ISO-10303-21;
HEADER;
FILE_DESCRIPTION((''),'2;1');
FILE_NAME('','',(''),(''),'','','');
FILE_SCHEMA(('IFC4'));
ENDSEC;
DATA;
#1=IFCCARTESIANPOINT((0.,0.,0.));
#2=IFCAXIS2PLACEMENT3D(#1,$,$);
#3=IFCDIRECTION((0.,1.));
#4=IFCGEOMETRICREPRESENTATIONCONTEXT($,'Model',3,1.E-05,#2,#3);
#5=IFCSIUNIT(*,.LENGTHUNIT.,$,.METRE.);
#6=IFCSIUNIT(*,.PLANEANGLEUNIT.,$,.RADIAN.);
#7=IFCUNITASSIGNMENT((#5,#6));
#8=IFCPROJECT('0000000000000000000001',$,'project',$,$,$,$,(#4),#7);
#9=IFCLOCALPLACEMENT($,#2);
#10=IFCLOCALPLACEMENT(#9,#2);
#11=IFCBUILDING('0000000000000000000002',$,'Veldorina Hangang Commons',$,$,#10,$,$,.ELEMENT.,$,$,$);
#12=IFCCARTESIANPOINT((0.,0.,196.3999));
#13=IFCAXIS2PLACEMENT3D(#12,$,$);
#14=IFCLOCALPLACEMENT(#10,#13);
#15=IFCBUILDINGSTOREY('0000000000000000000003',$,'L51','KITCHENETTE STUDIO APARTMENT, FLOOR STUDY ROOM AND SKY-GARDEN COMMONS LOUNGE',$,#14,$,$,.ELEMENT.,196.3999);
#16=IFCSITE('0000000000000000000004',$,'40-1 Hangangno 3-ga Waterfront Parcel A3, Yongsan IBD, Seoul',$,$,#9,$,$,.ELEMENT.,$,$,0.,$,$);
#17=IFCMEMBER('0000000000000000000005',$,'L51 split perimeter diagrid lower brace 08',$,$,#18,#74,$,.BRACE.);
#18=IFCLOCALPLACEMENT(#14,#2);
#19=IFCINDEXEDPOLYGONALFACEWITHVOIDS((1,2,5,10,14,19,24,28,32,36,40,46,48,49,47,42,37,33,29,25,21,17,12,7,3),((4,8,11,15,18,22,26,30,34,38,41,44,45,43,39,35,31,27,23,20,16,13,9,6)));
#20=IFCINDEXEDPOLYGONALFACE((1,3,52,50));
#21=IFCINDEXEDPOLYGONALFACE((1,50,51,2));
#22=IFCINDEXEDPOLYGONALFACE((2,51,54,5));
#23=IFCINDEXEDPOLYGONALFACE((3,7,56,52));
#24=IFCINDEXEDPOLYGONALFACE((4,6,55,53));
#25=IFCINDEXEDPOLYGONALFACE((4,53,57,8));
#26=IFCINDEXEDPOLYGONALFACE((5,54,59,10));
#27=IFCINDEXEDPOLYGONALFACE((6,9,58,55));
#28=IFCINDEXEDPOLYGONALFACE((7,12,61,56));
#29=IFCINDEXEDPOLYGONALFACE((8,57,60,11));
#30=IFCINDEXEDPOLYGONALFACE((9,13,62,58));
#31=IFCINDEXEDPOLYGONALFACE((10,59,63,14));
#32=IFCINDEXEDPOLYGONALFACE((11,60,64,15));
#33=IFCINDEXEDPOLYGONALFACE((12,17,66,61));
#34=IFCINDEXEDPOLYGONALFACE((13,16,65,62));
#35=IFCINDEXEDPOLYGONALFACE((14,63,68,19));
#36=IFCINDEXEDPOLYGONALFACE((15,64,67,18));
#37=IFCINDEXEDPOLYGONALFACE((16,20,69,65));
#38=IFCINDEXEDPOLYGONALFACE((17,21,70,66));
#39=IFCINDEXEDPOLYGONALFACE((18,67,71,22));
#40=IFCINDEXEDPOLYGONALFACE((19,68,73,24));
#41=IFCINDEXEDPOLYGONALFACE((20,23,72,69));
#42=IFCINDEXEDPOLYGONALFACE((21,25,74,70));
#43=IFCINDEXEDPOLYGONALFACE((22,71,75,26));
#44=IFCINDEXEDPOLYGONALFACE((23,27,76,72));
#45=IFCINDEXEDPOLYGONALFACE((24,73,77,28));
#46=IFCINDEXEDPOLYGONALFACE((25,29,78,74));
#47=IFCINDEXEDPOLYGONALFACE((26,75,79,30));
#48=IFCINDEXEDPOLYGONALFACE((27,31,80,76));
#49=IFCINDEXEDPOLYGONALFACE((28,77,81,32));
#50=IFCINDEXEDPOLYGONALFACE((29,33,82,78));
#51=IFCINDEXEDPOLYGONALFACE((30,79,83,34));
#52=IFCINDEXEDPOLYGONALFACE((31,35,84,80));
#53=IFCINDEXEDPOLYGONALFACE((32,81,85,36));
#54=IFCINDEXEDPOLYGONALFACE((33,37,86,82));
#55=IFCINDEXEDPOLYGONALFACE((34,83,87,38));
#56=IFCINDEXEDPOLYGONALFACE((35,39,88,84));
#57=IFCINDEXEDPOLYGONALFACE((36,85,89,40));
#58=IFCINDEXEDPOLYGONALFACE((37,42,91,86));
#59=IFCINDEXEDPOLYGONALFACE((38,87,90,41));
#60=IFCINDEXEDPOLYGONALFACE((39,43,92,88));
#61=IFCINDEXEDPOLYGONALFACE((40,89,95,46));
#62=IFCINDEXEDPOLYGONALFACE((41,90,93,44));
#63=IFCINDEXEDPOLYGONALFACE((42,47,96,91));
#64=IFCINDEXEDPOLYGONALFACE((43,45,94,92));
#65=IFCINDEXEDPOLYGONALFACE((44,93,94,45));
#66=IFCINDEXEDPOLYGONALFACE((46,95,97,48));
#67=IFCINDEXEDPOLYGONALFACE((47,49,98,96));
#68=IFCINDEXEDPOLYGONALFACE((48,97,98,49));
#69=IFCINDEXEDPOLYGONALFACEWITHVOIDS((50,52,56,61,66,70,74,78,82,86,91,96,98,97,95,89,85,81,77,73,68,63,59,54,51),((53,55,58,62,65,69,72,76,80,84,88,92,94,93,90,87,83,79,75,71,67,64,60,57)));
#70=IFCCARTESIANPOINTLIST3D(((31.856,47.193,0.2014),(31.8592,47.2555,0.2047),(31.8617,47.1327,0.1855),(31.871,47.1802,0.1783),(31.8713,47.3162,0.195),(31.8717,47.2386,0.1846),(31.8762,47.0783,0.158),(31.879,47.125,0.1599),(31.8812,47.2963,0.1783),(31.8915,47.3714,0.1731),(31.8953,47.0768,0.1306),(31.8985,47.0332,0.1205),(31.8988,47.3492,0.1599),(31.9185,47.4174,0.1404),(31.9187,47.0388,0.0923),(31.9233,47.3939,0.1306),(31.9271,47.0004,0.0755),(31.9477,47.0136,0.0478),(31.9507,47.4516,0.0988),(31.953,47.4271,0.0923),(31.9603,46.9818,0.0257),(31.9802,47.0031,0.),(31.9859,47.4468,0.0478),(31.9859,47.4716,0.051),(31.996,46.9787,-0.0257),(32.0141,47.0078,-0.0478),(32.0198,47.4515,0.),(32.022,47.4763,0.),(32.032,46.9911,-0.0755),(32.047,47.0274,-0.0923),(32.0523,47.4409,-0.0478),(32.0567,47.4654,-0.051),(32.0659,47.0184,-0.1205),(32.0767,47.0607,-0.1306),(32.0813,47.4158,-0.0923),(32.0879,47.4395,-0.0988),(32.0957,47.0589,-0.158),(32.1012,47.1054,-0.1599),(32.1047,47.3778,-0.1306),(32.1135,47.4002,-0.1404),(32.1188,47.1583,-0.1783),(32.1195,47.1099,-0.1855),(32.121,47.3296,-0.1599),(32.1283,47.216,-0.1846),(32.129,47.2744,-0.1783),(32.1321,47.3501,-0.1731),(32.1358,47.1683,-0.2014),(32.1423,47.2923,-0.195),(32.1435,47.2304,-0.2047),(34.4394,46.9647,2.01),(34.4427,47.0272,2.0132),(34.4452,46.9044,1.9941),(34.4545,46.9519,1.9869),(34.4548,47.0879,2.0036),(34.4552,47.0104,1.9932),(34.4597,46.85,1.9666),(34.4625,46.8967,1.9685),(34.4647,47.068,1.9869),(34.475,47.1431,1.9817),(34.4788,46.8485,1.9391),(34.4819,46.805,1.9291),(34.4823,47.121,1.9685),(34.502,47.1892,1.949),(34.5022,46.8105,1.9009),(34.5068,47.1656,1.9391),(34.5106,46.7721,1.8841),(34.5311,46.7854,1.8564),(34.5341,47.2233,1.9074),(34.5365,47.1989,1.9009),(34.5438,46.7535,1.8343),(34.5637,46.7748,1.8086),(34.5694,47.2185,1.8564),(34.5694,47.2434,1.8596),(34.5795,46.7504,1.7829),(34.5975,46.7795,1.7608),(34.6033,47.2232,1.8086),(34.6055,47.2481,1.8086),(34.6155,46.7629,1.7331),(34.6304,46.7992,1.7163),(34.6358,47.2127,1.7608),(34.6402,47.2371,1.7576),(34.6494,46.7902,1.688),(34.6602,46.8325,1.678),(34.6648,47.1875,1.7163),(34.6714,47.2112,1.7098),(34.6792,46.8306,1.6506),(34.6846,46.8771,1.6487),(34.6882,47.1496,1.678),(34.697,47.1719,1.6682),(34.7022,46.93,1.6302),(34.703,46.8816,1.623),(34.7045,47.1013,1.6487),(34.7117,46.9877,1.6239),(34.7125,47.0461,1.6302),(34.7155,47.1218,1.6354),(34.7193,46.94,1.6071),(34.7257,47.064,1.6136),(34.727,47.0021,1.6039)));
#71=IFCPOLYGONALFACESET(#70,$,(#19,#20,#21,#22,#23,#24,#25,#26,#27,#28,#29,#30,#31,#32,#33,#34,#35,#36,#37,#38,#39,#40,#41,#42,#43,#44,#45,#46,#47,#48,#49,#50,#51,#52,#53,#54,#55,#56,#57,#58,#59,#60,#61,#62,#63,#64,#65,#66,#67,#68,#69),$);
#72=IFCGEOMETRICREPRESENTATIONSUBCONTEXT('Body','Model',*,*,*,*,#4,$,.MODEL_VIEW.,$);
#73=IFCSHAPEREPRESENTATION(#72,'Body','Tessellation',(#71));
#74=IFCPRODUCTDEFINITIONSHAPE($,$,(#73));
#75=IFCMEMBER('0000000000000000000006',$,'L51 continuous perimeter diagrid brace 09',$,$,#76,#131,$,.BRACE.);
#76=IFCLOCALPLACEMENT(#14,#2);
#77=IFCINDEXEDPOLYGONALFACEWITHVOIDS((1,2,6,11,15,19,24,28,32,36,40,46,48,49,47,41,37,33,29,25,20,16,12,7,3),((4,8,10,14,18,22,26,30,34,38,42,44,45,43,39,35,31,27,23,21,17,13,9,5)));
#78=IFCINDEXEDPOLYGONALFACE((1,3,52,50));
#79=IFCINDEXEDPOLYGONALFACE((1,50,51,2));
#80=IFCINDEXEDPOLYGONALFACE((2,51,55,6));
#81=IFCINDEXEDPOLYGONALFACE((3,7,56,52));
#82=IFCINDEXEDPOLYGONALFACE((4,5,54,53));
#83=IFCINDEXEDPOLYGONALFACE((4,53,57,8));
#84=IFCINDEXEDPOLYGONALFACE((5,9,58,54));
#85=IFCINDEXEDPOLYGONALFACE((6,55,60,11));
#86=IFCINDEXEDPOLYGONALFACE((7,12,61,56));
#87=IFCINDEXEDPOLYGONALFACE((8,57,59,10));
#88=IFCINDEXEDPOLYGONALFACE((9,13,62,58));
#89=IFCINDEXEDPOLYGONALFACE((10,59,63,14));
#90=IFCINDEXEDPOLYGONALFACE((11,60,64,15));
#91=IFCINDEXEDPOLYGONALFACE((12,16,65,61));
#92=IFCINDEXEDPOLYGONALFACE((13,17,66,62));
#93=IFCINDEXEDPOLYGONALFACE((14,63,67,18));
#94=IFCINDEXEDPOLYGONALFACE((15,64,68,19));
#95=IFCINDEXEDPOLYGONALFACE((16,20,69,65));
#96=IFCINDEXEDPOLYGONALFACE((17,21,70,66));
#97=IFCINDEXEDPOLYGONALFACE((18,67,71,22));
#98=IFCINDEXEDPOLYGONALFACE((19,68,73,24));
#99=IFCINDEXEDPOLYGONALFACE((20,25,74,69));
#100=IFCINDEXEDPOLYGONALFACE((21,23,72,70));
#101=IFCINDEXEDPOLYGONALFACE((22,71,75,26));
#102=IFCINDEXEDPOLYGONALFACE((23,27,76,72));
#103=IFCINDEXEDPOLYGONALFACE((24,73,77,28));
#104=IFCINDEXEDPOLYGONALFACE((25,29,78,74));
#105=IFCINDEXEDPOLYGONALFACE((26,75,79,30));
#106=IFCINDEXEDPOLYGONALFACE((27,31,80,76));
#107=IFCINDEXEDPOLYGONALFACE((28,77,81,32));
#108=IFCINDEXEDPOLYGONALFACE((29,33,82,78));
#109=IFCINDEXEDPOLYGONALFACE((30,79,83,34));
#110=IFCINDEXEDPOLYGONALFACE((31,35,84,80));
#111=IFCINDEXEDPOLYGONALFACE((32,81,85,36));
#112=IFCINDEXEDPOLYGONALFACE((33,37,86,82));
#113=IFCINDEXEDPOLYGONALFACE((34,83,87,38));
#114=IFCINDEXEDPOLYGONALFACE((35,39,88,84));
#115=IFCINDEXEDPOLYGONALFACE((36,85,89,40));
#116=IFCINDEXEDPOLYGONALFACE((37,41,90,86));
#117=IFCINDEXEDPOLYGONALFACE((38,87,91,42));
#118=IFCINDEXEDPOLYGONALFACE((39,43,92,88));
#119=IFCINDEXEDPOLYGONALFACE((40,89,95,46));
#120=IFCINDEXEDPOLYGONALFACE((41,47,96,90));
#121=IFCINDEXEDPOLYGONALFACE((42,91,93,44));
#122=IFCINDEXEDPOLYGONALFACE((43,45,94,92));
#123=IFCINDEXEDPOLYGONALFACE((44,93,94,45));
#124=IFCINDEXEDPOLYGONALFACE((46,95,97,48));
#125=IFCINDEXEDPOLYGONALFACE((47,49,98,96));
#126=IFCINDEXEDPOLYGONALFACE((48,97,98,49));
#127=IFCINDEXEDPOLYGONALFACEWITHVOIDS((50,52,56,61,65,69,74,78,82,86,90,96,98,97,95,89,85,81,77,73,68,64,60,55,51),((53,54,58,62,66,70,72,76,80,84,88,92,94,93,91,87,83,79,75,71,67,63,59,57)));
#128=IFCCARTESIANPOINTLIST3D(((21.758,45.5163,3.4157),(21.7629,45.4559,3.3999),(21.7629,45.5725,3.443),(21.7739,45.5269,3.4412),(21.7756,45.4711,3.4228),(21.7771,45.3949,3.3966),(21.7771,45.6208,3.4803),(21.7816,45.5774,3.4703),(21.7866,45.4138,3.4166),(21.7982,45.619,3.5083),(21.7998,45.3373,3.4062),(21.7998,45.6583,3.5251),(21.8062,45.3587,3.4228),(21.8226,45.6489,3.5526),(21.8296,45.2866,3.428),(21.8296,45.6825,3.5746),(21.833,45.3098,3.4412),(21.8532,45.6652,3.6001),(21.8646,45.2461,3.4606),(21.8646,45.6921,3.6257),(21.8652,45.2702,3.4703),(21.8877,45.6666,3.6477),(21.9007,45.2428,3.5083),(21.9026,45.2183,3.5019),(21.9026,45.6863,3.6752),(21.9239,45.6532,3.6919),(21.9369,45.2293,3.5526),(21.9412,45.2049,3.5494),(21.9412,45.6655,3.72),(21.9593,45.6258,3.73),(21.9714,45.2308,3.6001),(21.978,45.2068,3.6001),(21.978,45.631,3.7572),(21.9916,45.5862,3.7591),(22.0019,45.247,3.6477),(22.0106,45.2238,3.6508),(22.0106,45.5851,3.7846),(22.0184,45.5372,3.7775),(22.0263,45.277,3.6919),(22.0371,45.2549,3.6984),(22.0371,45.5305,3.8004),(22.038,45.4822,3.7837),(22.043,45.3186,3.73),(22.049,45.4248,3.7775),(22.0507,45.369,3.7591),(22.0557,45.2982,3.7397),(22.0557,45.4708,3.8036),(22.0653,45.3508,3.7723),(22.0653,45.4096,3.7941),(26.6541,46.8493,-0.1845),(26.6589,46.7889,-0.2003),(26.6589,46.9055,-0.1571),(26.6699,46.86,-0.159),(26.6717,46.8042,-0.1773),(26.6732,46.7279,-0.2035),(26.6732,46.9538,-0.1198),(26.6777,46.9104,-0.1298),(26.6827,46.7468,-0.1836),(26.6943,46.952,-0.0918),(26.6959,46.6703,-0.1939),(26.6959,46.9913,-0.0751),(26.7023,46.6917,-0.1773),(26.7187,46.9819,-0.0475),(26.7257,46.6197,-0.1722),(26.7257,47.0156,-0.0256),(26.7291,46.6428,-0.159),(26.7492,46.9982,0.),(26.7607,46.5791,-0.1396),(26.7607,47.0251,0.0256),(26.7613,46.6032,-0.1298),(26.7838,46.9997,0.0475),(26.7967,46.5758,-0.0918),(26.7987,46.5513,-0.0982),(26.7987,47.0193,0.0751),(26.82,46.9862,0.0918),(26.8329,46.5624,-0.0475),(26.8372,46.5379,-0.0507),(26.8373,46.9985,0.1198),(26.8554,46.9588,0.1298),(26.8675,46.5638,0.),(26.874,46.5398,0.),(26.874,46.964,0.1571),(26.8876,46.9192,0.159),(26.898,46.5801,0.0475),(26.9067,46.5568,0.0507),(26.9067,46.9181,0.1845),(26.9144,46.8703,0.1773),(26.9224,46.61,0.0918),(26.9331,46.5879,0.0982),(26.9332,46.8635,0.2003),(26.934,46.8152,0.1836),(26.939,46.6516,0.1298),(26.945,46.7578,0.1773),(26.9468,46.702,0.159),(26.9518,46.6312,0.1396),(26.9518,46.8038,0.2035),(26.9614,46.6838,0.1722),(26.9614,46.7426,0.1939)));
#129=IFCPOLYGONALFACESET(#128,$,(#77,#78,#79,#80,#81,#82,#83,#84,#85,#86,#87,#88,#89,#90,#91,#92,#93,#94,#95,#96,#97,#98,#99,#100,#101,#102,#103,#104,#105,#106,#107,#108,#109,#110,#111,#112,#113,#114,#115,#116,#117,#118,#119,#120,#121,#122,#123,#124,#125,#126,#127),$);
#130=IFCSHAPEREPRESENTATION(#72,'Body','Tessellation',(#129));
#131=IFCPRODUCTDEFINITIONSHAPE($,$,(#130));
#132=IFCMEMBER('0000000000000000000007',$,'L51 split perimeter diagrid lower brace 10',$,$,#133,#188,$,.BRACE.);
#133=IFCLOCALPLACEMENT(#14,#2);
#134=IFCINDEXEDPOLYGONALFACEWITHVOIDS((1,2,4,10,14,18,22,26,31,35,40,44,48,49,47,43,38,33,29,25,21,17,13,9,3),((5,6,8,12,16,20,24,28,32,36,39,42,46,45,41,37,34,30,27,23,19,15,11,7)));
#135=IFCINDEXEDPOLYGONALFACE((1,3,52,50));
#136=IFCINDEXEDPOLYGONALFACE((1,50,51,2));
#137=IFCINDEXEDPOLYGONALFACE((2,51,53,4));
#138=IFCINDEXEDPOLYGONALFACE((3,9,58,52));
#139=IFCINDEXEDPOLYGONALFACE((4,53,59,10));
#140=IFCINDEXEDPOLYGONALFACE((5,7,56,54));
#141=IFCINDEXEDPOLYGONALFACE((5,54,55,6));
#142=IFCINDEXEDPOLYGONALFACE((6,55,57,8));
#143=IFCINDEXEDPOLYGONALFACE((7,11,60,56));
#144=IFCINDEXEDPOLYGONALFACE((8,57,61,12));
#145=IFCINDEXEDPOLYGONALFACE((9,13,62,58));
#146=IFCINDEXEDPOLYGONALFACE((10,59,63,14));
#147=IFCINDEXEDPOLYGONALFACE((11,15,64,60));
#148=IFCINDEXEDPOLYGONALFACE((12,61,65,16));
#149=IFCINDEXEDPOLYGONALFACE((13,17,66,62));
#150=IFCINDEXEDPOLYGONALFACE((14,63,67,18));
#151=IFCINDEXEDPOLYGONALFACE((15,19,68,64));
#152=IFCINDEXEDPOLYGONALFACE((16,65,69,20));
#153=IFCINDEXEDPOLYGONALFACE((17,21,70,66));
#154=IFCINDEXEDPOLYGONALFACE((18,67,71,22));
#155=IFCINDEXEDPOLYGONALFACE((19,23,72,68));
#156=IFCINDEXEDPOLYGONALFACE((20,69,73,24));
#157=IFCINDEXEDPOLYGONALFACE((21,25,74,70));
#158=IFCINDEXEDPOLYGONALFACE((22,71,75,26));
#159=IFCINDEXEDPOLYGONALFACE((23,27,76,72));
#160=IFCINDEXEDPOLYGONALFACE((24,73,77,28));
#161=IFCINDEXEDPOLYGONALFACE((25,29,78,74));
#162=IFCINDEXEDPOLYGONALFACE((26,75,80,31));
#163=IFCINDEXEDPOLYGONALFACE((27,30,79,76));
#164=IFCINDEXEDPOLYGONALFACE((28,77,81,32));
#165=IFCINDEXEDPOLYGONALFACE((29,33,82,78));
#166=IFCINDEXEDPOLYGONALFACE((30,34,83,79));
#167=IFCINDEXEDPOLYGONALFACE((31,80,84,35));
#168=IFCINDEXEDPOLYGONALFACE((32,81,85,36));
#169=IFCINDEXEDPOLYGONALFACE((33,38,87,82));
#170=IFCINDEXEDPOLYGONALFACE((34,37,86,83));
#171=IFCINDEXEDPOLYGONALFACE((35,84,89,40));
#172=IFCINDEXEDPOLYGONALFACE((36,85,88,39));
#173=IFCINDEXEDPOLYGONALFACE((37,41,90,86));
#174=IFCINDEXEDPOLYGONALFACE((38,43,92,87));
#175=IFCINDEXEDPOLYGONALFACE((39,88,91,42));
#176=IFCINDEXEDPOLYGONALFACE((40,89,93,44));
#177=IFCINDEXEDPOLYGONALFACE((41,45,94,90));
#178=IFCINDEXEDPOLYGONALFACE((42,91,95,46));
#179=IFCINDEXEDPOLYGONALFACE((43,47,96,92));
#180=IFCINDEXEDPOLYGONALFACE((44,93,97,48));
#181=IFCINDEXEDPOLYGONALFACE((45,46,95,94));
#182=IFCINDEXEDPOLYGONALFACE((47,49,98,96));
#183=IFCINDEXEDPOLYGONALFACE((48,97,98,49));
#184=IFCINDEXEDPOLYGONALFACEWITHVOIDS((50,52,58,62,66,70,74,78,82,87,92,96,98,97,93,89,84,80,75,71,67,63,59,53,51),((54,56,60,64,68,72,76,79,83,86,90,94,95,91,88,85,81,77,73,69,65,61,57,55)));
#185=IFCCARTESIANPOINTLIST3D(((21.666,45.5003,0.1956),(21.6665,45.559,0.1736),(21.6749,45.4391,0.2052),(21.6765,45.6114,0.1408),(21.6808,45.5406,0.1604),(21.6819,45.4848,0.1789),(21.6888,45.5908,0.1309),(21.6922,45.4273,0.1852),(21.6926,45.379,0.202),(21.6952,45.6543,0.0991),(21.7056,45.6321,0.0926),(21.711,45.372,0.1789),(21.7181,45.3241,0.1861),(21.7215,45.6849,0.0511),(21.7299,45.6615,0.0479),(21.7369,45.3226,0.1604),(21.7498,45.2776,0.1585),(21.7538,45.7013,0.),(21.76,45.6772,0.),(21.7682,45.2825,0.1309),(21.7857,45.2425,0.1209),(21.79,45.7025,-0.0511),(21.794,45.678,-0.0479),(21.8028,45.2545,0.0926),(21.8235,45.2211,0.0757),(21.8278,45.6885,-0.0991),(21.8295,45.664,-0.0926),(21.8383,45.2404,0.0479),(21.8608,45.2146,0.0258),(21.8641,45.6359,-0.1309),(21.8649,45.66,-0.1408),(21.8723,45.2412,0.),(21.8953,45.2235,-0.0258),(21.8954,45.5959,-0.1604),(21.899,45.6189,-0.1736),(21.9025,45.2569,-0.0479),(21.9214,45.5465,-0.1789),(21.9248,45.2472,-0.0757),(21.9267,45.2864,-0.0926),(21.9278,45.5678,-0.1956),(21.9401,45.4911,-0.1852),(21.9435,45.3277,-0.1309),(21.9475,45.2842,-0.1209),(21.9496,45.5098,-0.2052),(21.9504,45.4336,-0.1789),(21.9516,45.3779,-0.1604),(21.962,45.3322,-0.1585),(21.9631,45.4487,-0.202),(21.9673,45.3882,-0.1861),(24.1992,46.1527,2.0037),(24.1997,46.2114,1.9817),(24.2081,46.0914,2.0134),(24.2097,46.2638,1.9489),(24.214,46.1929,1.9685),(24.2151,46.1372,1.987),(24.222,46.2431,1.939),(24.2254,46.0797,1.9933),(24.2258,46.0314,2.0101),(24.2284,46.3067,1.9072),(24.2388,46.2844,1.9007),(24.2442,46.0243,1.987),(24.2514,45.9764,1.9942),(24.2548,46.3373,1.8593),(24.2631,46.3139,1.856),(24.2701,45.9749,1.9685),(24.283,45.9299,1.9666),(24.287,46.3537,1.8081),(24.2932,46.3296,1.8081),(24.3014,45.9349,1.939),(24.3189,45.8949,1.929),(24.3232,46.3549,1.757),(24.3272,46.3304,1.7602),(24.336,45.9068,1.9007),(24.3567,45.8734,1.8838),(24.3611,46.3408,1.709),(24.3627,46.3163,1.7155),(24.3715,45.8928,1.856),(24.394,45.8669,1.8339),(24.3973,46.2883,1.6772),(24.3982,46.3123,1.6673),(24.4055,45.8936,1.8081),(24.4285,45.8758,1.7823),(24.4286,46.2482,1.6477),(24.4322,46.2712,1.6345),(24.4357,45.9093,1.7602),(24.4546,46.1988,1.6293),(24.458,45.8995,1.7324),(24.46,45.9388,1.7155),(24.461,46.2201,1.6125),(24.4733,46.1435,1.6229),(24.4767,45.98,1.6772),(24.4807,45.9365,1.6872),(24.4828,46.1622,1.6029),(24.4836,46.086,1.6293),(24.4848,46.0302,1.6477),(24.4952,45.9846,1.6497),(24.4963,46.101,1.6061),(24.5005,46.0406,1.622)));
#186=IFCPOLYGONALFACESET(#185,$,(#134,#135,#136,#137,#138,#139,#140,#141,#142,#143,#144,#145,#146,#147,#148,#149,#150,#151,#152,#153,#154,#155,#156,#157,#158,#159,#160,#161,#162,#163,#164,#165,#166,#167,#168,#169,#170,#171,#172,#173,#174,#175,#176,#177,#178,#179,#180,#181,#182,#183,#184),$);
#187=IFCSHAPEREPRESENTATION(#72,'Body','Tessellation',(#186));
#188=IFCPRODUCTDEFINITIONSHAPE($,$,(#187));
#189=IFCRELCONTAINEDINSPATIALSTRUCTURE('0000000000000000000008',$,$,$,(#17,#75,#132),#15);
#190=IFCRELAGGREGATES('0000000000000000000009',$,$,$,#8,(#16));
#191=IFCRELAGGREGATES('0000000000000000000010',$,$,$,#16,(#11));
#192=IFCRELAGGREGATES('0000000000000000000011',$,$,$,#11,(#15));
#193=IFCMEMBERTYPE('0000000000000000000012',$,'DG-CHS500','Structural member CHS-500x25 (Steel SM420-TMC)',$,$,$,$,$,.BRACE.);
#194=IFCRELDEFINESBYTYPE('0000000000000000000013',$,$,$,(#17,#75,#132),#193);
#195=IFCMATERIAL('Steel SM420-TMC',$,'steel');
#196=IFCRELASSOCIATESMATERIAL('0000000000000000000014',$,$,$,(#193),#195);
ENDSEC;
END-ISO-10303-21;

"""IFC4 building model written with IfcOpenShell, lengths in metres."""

from ifc_helpers import new_model, si_unit, direction, frame, origin, origin_2d, place, context, subcontext, project, spatial, hollow_circle, extrude, material, material_profile, profile_set, type_object, element, save


model = new_model("IFC4")

# Units and contexts
model_context = context("Model", 3, precision=1e-05, world=origin(), true_north=direction((0.0, 1.0)))
body_context = subcontext(model_context, "Body", "Model", "MODEL_VIEW")
ifc_project = project(units=[si_unit("LENGTHUNIT", "METRE"), si_unit("PLANEANGLEUNIT", "RADIAN")], contexts=[model_context])

# Site, building, storey
site_placement = place(None, origin())
site = spatial("IfcSite", under=ifc_project, at=site_placement, Name="40-1 Hangangno 3-ga Waterfront Parcel A3, Yongsan IBD, Seoul", CompositionType="ELEMENT", RefElevation=0.0)
building_placement = place(site_placement, origin())
building = spatial("IfcBuilding", under=site, at=building_placement, Name="Veldorina Hangang Commons", CompositionType="ELEMENT")
storey_placement = place(building_placement, frame((0.0, 0.0, 196.3999)))
storey = spatial("IfcBuildingStorey", under=building, at=storey_placement, Name="L51", Description="KITCHENETTE STUDIO APARTMENT, FLOOR STUDY ROOM AND SKY-GARDEN COMMONS LOUNGE", CompositionType="ELEMENT", Elevation=196.3999)

# Shared definitions
ifc_material_1 = material(Name="Steel SM420-TMC", Category="steel")

# Members
ifc_material_profile_1 = material_profile(ifc_material_1, hollow_circle(Radius=0.25, WallThickness=0.0249, at=origin_2d()), Name="CHS-500x25")
ifc_profile_set_1 = profile_set([ifc_material_profile_1], Name="Steel SM420-TMC")
member_type_1 = type_object("IfcMemberType", Name="DG-CHS500", Description="Structural member CHS-500x25 (Steel SM420-TMC)", PredefinedType="BRACE", material=ifc_profile_set_1)
member_1_placement = place(storey_placement, frame((32.0, 47.2273, 0.0), z_axis=(0.817072, -0.072195, 0.571997), x_axis=(0.088015, 0.996119, 0.0)))
element("IfcMember", 1, at=member_1_placement, inside=storey, type_object=member_type_1, Name="L51 split perimeter diagrid lower brace 08", PredefinedType="BRACE", context=body_context, shape_type="SweptSolid", body=[
    extrude(hollow_circle(Radius=0.25, WallThickness=0.0249, at=origin_2d()), origin(), (0.0, 0.0, 1.0), 3.1619),
])
member_2_placement = place(storey_placement, frame((26.8083, 46.781, 0.0), z_axis=(-0.786934, -0.214255, 0.578644), x_axis=(0.262702, -0.964877, 0.0)))
element("IfcMember", 2, at=member_2_placement, inside=storey, type_object=member_type_1, Name="L51 continuous perimeter diagrid brace 09", PredefinedType="BRACE", context=body_context, shape_type="SweptSolid", body=[
    extrude(hollow_circle(Radius=0.25, WallThickness=0.0249, at=origin_2d()), origin(), (0.0, 0.0, 1.0), 6.2217),
])
member_3_placement = place(storey_placement, frame((21.8162, 45.4592, 0.0), z_axis=(0.796624, 0.205144, 0.5686), x_axis=(-0.249381, 0.968405, 0.0)))
element("IfcMember", 3, at=member_3_placement, inside=storey, type_object=member_type_1, Name="L51 split perimeter diagrid lower brace 10", PredefinedType="BRACE", context=body_context, shape_type="SweptSolid", body=[
    extrude(hollow_circle(Radius=0.25, WallThickness=0.0249, at=origin_2d()), origin(), (0.0, 0.0, 1.0), 3.1799),
])

save(model, "model.ifc")
